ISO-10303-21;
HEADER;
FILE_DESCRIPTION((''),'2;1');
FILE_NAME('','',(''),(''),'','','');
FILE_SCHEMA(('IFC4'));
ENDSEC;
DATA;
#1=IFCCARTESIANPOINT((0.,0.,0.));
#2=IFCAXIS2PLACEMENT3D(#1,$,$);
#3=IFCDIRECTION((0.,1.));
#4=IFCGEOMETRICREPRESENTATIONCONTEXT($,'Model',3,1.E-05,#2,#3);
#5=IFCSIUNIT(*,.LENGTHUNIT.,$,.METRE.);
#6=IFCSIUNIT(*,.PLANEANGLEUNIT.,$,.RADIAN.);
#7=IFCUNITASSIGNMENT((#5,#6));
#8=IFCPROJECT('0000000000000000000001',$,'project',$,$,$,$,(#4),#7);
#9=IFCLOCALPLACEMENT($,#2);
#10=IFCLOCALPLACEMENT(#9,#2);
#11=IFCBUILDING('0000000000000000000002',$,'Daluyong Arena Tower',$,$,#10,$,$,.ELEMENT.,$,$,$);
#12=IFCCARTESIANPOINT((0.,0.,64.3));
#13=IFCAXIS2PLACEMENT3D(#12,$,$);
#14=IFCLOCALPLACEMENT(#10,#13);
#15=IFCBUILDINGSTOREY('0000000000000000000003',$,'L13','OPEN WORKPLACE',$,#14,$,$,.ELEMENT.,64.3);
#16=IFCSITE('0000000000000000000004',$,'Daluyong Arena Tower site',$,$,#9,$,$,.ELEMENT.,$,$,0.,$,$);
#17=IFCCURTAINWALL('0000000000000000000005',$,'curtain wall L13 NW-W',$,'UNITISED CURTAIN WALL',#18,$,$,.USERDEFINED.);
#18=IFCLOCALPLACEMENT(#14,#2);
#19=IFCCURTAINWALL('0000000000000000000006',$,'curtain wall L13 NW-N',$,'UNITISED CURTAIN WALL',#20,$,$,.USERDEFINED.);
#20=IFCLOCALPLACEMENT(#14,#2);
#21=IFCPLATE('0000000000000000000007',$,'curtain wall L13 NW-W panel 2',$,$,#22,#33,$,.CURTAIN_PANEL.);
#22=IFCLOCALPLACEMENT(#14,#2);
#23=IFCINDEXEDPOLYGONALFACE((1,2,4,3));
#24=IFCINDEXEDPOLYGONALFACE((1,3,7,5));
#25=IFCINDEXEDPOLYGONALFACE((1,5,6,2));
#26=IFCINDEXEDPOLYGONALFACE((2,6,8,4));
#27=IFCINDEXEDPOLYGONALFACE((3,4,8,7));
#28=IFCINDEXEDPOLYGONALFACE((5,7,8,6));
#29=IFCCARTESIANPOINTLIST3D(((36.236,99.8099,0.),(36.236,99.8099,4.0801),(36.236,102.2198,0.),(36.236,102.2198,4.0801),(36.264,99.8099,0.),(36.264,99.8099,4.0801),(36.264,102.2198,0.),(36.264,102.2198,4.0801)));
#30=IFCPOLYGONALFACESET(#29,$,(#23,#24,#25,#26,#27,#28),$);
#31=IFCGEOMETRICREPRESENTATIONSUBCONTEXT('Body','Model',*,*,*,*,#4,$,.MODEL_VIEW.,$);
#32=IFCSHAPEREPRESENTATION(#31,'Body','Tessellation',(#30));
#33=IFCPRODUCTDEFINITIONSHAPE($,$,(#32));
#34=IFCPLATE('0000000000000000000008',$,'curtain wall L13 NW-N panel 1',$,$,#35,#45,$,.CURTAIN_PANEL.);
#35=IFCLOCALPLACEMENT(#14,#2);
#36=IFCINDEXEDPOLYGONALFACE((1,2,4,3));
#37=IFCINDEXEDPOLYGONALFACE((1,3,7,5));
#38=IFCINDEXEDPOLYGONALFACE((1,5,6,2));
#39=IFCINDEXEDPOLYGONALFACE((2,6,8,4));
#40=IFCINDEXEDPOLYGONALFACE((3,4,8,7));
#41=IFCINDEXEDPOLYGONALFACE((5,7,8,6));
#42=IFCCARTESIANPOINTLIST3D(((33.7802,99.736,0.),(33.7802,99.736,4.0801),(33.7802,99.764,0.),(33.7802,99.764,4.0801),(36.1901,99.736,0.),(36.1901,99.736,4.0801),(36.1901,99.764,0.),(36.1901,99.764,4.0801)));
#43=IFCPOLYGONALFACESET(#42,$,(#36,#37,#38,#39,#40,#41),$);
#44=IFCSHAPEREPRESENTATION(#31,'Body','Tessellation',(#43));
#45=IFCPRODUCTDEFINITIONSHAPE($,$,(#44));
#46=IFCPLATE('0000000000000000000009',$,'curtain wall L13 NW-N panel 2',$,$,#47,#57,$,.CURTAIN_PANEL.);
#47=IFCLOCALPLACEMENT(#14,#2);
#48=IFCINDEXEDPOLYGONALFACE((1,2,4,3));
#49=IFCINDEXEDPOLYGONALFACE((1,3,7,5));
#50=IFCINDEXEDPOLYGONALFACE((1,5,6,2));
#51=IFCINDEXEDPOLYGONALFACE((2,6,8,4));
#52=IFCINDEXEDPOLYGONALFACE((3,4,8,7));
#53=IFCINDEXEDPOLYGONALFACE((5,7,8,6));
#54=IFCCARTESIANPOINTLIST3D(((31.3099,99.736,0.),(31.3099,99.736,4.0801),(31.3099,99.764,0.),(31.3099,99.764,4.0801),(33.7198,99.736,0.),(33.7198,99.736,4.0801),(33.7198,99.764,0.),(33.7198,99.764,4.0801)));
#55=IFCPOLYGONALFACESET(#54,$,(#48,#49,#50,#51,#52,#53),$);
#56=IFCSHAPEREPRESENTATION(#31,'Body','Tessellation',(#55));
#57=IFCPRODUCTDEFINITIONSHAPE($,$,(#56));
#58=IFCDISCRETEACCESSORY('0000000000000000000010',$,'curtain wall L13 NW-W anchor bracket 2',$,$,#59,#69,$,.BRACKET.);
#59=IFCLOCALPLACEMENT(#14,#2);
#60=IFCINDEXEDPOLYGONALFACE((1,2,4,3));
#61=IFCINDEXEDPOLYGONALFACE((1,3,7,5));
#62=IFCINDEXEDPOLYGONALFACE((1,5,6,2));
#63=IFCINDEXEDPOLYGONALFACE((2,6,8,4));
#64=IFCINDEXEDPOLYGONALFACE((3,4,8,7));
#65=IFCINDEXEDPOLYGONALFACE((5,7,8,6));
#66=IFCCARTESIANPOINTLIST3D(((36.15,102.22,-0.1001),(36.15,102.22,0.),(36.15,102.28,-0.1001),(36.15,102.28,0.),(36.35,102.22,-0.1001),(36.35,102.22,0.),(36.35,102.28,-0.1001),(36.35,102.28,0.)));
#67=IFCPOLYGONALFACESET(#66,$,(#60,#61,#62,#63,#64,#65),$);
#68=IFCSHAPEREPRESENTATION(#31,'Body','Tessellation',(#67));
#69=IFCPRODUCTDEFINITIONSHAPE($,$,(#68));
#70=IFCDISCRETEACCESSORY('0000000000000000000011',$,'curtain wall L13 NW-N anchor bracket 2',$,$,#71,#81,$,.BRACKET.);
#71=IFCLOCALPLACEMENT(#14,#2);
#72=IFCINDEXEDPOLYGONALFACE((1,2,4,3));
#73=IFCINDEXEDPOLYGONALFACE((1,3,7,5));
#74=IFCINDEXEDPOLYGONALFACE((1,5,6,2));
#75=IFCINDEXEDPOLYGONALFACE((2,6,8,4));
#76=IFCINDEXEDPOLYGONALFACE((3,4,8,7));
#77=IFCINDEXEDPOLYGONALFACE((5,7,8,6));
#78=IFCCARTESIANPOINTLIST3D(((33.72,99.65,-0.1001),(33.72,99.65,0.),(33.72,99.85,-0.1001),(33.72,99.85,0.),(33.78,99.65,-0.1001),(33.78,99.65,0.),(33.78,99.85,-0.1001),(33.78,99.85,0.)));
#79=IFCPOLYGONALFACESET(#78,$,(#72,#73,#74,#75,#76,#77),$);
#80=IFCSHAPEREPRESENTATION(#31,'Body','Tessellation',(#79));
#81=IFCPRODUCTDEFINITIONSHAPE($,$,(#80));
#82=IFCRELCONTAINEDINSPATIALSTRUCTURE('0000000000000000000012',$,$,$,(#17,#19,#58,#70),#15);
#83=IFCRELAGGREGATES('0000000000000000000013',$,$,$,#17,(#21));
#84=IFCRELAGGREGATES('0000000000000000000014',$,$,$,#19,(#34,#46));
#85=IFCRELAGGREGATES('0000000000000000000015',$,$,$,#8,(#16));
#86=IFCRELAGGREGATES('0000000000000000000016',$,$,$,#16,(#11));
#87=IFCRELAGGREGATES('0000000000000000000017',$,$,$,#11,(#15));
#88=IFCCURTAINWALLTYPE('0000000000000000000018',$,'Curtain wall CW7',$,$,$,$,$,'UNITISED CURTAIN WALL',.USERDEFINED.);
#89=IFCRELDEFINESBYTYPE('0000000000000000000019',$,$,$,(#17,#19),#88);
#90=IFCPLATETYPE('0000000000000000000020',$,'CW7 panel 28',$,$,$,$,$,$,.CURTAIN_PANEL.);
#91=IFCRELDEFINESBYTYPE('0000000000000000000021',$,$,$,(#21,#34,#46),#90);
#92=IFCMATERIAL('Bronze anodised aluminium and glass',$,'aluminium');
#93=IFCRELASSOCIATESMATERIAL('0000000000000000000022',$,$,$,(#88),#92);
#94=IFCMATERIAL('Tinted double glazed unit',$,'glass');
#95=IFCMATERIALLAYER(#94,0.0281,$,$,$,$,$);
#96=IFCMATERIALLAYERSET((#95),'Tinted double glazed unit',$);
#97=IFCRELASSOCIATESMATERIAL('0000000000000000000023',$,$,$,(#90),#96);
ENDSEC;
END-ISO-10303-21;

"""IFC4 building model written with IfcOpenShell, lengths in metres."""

from ifc_helpers import new_model, si_unit, direction, frame, origin, origin_2d, place, context, subcontext, project, spatial, rectangle, extrude, material, layer, layer_set, type_object, element, aggregate, save


model = new_model("IFC4")

# Units and contexts
model_context = context("Model", 3, precision=1e-05, world=origin(), true_north=direction((0.0, 1.0)))
body_context = subcontext(model_context, "Body", "Model", "MODEL_VIEW")
ifc_project = project(units=[si_unit("LENGTHUNIT", "METRE"), si_unit("PLANEANGLEUNIT", "RADIAN")], contexts=[model_context])

# Site, building, storey
site_placement = place(None, origin())
site = spatial("IfcSite", under=ifc_project, at=site_placement, Name="Daluyong Arena Tower site", CompositionType="ELEMENT", RefElevation=0.0)
building_placement = place(site_placement, origin())
building = spatial("IfcBuilding", under=site, at=building_placement, Name="Daluyong Arena Tower", CompositionType="ELEMENT")
storey_placement = place(building_placement, frame((0.0, 0.0, 64.3)))
storey = spatial("IfcBuildingStorey", under=building, at=storey_placement, Name="L13", Description="OPEN WORKPLACE", CompositionType="ELEMENT", Elevation=64.3)

# Curtain walls
ifc_material_1 = material(Name="Bronze anodised aluminium and glass", Category="aluminium")
curtain_wall_type_1 = type_object("IfcCurtainWallType", Name="Curtain wall CW7", ElementType="UNITISED CURTAIN WALL", PredefinedType="USERDEFINED", material=ifc_material_1)
curtain_wall_1_placement = place(storey_placement, origin())
curtain_wall_1 = element("IfcCurtainWall", 1, at=curtain_wall_1_placement, inside=storey, type_object=curtain_wall_type_1, Name="curtain wall L13 NW-W", ObjectType="UNITISED CURTAIN WALL", PredefinedType="USERDEFINED")
curtain_wall_2_placement = place(storey_placement, origin())
curtain_wall_2 = element("IfcCurtainWall", 2, at=curtain_wall_2_placement, inside=storey, type_object=curtain_wall_type_1, Name="curtain wall L13 NW-N", ObjectType="UNITISED CURTAIN WALL", PredefinedType="USERDEFINED")

# Plates
ifc_material_2 = material(Name="Tinted double glazed unit", Category="glass")
ifc_layer = layer(ifc_material_2, 0.0281)
ifc_layer_set = layer_set([ifc_layer], Name="Tinted double glazed unit")
plate_type = type_object("IfcPlateType", Name="CW7 panel 28", PredefinedType="CURTAIN_PANEL", material=ifc_layer_set)
plate_1_placement = place(storey_placement, frame((36.25, 101.0149, 0.0), z_axis=(0.0, 0.0, 1.0), x_axis=(0.0, -1.0, 0.0)))
plate_1 = element("IfcPlate", 3, at=plate_1_placement, type_object=plate_type, Name="curtain wall L13 NW-W panel 2", PredefinedType="CURTAIN_PANEL", context=body_context, shape_type="SweptSolid", body=[
    extrude(rectangle(XDim=2.4099, YDim=0.0281, at=origin_2d()), origin(), (0.0, 0.0, 1.0), 4.0801),
])
aggregate(curtain_wall_1, [plate_1])
plate_2_placement = place(storey_placement, frame((34.9851, 99.75, 0.0), z_axis=(0.0, 0.0, 1.0), x_axis=(-1.0, 0.0, 0.0)))
plate_2 = element("IfcPlate", 4, at=plate_2_placement, type_object=plate_type, Name="curtain wall L13 NW-N panel 1", PredefinedType="CURTAIN_PANEL", context=body_context, shape_type="SweptSolid", body=[
    extrude(rectangle(XDim=2.4099, YDim=0.0281, at=origin_2d()), origin(), (0.0, 0.0, 1.0), 4.0801),
])
plate_3_placement = place(storey_placement, frame((32.5149, 99.75, 0.0), z_axis=(0.0, 0.0, 1.0), x_axis=(-1.0, 0.0, 0.0)))
plate_3 = element("IfcPlate", 5, at=plate_3_placement, type_object=plate_type, Name="curtain wall L13 NW-N panel 2", PredefinedType="CURTAIN_PANEL", context=body_context, shape_type="SweptSolid", body=[
    extrude(rectangle(XDim=2.4099, YDim=0.0281, at=origin_2d()), origin(), (0.0, 0.0, 1.0), 4.0801),
])
aggregate(curtain_wall_2, [plate_2, plate_3])

# Discrete accessories
for number, where, z_axis, x_axis, name in (
    (6, (36.25, 102.25, -0.1001), (0.0, 0.0, 1.0), (0.0, -1.0, 0.0), "curtain wall L13 NW-W anchor bracket 2"),
    (7, (33.75, 99.75, -0.1001), (0.0, 0.0, 1.0), (-1.0, 0.0, 0.0), "curtain wall L13 NW-N anchor bracket 2"),
):
    element("IfcDiscreteAccessory", number, at=place(storey_placement, frame(where, z_axis=z_axis, x_axis=x_axis)), inside=storey, Name=name, PredefinedType="BRACKET", context=body_context, shape_type="SweptSolid", body=[
        extrude(rectangle(XDim=0.0601, YDim=0.2, at=origin_2d()), origin(), (0.0, 0.0, 1.0), 0.1001),
    ])

save(model, "model.ifc")
